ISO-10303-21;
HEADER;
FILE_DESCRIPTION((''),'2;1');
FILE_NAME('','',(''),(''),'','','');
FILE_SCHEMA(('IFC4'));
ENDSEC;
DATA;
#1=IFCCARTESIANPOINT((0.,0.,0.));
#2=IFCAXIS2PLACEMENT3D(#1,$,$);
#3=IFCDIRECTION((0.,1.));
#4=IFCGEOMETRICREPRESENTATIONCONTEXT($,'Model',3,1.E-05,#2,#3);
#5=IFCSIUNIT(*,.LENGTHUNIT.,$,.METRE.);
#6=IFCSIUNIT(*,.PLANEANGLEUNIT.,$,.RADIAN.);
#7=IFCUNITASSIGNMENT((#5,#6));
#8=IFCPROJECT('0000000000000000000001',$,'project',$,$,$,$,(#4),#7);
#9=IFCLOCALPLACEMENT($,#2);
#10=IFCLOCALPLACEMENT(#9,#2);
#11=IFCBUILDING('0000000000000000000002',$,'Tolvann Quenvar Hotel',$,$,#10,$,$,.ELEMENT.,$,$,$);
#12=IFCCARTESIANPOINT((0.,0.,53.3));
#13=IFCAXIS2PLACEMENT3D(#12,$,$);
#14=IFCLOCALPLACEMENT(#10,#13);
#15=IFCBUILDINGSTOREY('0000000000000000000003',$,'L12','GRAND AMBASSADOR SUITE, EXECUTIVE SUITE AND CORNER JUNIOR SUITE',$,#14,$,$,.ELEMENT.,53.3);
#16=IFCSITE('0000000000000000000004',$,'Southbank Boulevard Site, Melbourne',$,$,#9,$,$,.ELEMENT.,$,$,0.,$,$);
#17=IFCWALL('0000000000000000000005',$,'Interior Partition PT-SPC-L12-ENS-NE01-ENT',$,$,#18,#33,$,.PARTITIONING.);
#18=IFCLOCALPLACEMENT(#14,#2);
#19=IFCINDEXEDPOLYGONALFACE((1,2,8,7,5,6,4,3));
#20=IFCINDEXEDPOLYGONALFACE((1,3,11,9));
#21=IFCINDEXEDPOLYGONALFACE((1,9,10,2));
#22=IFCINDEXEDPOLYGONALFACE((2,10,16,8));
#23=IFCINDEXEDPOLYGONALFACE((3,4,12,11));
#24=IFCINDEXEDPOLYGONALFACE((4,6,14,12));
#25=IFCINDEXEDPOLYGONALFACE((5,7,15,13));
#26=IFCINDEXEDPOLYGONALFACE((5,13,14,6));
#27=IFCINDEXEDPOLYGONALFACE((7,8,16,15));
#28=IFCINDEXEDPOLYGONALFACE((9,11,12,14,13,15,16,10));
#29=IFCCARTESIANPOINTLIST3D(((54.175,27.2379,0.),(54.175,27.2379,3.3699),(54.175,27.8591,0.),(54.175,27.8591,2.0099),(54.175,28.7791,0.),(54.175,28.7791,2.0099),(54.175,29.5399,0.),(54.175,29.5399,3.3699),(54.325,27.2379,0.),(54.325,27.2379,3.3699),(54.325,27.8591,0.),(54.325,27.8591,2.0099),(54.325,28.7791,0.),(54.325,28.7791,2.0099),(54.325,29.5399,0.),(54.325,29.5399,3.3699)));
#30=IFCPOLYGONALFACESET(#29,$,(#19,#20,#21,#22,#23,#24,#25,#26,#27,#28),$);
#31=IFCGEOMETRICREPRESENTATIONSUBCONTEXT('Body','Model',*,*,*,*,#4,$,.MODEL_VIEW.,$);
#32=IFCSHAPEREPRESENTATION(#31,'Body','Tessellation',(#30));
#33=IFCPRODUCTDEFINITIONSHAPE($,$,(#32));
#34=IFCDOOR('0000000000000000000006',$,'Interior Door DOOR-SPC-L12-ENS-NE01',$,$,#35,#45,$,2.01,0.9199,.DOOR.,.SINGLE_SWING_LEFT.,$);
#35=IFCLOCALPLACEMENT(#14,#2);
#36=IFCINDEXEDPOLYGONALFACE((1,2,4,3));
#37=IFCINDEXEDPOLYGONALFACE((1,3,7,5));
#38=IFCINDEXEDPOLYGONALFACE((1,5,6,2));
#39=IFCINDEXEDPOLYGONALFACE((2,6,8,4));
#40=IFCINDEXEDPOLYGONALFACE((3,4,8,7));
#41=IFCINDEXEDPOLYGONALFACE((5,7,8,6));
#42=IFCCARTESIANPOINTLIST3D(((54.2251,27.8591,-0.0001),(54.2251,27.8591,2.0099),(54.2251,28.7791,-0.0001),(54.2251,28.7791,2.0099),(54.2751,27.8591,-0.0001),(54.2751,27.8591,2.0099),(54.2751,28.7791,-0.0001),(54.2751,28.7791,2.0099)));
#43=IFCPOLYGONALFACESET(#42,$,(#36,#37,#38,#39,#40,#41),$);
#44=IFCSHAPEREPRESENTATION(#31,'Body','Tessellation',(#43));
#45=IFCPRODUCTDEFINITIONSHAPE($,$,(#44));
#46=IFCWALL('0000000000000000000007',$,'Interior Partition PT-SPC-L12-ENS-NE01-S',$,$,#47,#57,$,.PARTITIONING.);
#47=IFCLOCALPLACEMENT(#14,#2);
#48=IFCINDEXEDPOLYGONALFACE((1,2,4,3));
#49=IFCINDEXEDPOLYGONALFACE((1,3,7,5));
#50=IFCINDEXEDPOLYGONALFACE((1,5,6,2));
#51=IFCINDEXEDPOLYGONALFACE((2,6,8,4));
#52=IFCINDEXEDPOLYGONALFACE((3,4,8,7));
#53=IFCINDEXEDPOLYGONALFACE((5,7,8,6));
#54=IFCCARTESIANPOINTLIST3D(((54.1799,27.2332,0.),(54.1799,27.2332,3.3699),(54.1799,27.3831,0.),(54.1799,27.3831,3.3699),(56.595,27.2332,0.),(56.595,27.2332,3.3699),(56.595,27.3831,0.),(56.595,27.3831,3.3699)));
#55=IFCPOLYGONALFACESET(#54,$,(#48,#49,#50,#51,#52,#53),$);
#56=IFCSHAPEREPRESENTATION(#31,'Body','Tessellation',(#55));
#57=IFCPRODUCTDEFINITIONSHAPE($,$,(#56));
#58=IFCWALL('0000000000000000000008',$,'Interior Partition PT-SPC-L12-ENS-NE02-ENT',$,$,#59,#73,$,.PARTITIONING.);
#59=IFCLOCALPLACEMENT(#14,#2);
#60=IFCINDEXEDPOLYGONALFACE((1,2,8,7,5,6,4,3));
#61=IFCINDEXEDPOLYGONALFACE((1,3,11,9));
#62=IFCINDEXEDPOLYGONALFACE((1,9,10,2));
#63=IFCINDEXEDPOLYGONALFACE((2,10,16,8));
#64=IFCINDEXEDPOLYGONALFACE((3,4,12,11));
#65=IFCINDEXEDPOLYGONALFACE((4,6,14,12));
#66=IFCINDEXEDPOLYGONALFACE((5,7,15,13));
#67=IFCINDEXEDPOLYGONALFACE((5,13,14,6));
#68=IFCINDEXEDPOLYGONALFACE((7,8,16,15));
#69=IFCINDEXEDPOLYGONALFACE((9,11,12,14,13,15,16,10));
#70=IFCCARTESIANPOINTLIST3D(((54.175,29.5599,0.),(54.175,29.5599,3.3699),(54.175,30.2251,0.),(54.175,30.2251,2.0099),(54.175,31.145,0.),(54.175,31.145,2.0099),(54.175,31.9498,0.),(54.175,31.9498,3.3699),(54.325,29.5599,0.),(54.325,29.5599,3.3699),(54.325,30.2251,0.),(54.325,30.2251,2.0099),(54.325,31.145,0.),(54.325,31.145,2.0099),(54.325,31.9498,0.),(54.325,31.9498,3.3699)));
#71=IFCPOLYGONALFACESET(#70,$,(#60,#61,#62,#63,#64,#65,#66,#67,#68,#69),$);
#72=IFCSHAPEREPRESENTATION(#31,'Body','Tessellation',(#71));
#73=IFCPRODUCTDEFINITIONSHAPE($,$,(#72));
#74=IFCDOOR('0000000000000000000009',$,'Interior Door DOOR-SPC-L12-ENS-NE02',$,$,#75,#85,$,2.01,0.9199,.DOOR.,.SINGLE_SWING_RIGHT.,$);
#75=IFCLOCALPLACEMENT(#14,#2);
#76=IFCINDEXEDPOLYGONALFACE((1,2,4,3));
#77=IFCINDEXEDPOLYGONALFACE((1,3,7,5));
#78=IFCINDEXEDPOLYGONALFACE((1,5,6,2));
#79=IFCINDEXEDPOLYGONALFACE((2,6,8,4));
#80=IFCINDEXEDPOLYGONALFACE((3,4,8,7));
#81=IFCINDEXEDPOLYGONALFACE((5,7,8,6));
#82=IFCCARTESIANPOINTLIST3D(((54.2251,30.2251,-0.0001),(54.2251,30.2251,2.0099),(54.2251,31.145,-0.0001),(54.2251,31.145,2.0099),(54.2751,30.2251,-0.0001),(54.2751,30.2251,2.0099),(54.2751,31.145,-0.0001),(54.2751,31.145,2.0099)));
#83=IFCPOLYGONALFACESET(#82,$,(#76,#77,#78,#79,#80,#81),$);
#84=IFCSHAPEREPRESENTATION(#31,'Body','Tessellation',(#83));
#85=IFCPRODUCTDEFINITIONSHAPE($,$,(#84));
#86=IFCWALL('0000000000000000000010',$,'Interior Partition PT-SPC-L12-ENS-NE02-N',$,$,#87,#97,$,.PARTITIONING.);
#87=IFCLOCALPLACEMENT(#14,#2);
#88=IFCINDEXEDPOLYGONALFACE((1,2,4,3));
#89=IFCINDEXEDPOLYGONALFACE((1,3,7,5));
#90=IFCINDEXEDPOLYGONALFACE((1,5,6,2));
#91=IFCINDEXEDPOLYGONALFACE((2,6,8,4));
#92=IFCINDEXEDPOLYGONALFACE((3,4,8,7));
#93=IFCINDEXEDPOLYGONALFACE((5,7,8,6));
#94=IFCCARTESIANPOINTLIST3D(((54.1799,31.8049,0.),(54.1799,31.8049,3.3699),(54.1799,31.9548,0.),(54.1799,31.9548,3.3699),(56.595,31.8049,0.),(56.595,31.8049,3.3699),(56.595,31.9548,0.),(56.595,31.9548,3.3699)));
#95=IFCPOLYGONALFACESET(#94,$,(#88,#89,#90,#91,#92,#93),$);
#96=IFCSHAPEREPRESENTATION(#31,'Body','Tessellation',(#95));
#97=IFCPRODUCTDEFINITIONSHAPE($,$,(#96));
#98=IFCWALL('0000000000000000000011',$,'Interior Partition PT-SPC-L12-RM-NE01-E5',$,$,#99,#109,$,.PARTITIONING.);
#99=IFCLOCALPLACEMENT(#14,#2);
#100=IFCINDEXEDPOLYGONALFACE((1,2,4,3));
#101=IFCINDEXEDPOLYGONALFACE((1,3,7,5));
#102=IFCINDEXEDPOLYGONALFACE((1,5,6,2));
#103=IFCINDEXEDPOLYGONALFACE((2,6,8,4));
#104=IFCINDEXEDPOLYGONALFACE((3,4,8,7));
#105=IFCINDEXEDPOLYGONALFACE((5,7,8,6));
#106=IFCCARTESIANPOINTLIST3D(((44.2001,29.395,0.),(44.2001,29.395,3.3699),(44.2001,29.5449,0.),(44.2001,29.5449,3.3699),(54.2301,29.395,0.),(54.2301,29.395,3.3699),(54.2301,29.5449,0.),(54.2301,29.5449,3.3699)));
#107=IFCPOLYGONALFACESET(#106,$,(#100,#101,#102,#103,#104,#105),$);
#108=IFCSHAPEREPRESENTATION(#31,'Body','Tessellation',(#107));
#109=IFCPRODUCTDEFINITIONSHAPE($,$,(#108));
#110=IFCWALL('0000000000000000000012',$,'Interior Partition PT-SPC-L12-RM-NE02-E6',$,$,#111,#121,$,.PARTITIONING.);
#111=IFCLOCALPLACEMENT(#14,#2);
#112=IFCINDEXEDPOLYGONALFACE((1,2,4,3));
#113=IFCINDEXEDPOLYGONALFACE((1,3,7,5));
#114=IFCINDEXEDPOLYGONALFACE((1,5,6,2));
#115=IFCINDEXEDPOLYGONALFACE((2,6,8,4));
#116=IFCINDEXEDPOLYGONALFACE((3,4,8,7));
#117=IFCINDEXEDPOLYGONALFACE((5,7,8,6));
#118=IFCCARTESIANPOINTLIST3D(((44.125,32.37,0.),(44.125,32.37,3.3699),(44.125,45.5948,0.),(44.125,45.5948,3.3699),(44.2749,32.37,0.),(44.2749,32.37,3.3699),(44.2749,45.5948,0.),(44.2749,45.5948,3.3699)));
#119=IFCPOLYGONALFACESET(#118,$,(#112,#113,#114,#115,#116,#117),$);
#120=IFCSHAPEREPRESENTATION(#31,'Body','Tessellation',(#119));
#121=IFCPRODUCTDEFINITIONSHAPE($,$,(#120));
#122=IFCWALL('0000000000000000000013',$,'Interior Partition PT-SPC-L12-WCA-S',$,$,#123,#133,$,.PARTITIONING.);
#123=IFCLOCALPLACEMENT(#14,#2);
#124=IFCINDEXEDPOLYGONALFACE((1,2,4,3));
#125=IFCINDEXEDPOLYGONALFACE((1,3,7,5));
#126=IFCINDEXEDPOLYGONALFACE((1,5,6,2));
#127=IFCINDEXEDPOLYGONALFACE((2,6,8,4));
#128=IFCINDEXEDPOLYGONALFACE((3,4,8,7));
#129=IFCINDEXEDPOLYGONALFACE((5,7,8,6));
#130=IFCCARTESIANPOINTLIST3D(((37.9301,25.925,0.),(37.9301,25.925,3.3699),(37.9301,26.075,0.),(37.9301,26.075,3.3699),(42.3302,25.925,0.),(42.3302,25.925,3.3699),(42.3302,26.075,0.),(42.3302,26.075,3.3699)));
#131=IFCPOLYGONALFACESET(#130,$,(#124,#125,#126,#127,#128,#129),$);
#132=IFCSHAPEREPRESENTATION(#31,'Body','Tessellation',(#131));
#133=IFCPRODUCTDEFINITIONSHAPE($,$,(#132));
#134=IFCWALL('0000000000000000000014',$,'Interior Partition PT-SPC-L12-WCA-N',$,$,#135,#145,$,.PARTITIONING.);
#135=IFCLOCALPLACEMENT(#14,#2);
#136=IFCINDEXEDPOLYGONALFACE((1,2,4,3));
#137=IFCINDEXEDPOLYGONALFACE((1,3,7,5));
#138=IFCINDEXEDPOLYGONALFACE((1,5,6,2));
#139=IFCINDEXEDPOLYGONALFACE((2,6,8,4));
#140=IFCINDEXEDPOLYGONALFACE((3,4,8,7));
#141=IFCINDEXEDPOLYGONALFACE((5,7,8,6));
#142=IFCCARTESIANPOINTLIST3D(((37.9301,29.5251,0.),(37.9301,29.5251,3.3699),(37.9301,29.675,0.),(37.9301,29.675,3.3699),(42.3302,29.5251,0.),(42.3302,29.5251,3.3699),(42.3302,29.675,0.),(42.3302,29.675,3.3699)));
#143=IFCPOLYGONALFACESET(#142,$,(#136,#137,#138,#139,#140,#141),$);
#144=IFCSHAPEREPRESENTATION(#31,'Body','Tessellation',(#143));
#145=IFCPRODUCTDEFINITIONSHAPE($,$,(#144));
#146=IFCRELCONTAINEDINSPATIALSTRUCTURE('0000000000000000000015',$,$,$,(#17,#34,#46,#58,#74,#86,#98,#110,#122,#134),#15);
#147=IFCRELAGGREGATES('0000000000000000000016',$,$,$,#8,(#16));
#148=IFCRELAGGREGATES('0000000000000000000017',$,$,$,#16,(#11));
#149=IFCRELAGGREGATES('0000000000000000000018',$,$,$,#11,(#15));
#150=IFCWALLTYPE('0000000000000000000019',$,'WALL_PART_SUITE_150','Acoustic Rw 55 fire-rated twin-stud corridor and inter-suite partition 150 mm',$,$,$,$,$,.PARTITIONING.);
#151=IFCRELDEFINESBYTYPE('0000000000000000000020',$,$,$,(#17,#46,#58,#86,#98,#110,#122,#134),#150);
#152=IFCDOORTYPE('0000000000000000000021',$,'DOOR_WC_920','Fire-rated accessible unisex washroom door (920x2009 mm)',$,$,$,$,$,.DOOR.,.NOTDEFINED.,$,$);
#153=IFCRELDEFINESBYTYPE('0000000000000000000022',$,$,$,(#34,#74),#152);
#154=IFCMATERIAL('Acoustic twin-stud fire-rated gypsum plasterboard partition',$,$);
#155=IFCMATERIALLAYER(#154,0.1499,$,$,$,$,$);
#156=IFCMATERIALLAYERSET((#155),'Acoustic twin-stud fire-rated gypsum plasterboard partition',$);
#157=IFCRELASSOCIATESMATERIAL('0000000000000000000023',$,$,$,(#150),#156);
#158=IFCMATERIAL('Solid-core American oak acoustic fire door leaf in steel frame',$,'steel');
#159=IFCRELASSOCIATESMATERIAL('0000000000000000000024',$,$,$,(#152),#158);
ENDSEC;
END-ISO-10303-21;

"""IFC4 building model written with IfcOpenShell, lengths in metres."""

from ifc_helpers import new_model, si_unit, direction, frame, frame_2d, origin, place, context, subcontext, project, spatial, rectangle, extrude, source, transform, mapped, material, layer, layer_set, type_object, type_shapes, element, fill, save


model = new_model("IFC4")

# Units and contexts
model_context = context("Model", 3, precision=1e-05, world=origin(), true_north=direction((0.0, 1.0)))
body_context = subcontext(model_context, "Body", "Model", "MODEL_VIEW")
ifc_project = project(units=[si_unit("LENGTHUNIT", "METRE"), si_unit("PLANEANGLEUNIT", "RADIAN")], contexts=[model_context])

# Site, building, storey
site_placement = place(None, origin())
site = spatial("IfcSite", under=ifc_project, at=site_placement, Name="Southbank Boulevard Site, Melbourne", CompositionType="ELEMENT", RefElevation=0.0)
building_placement = place(site_placement, origin())
building = spatial("IfcBuilding", under=site, at=building_placement, Name="Tolvann Quenvar Hotel", CompositionType="ELEMENT")
storey_placement = place(building_placement, frame((0.0, 0.0, 53.3)))
storey = spatial("IfcBuildingStorey", under=building, at=storey_placement, Name="L12", Description="GRAND AMBASSADOR SUITE, EXECUTIVE SUITE AND CORNER JUNIOR SUITE", CompositionType="ELEMENT", Elevation=53.3)

# Wall, opening, door
ifc_material_1 = material(Name="Acoustic twin-stud fire-rated gypsum plasterboard partition")
ifc_layer_1 = layer(ifc_material_1, 0.1499)
ifc_layer_set_1 = layer_set([ifc_layer_1], Name="Acoustic twin-stud fire-rated gypsum plasterboard partition")
wall_type_1 = type_object("IfcWallType", Name="WALL_PART_SUITE_150", Description="Acoustic Rw 55 fire-rated twin-stud corridor and inter-suite partition 150 mm", PredefinedType="PARTITIONING", material=ifc_layer_set_1)
wall_1_placement = place(storey_placement, frame((54.25, 27.238, 0.0), z_axis=(0.0, 0.0, 1.0), x_axis=(0.0, 1.0, 0.0)))
wall_1 = element("IfcWall", 1, at=wall_1_placement, inside=storey, type_object=wall_type_1, Name="Interior Partition PT-SPC-L12-ENS-NE01-ENT", PredefinedType="PARTITIONING", context=body_context, shape_type="SweptSolid", body=[
    extrude(rectangle(XDim=2.302, YDim=0.1499, at=frame_2d((1.1509, 0.0))), origin(), (0.0, 0.0, 1.0), 3.3699),
])
opening_1_placement = place(wall_1_placement, frame((0.6211, 0.0, 0.0)))
opening_1 = element("IfcOpeningElement", 2, at=opening_1_placement, cuts=wall_1, PredefinedType="OPENING", context=body_context, shape_type="SweptSolid", body=[
    extrude(rectangle(XDim=0.9199, YDim=2.01, at=frame_2d((0.46, 1.0049))), frame((0.0, 0.085, 0.0), z_axis=(0.0, -1.0, 0.0), x_axis=(1.0, 0.0, 0.0)), (0.0, 0.0, 1.0), 0.1699),
])
ifc_material_2 = material(Name="Solid-core American oak acoustic fire door leaf in steel frame", Category="steel")
door_type_1 = type_object("IfcDoorType", Name="DOOR_WC_920", Description="Fire-rated accessible unisex washroom door (920x2009 mm)", OperationType="NOTDEFINED", PredefinedType="DOOR", material=ifc_material_2)
shared_shape_1 = source(origin(), body_context, "Body", "SweptSolid", [
    extrude(rectangle(XDim=0.9199, YDim=2.01, at=frame_2d((0.46, 1.0049))), frame((0.0, 0.0249, 0.0), z_axis=(0.0, -1.0, 0.0), x_axis=(1.0, 0.0, 0.0)), (0.0, 0.0, 1.0), 0.05),
])
type_shapes(door_type_1, [shared_shape_1])
door_1_placement = place(opening_1_placement, origin())
door_1 = element("IfcDoor", 3, at=door_1_placement, inside=storey, type_object=door_type_1, Name="Interior Door DOOR-SPC-L12-ENS-NE01", OperationType="SINGLE_SWING_LEFT", OverallHeight=2.01, OverallWidth=0.9199, PredefinedType="DOOR", context=body_context, shape_type="MappedRepresentation", body=[
    mapped(shared_shape_1, transform((0.0, 0.0, 0.0), x_axis=(1.0, 0.0, 0.0), y_axis=(0.0, 1.0, 0.0), z_axis=(0.0, 0.0, 1.0), scale=1.0)),
])
fill(opening_1, door_1)

# Wall
wall_2_placement = place(storey_placement, frame((54.1799, 27.3081, 0.0), z_axis=(0.0, 0.0, 1.0), x_axis=(1.0, 0.0, 0.0)))
element("IfcWall", 4, at=wall_2_placement, inside=storey, type_object=wall_type_1, Name="Interior Partition PT-SPC-L12-ENS-NE01-S", PredefinedType="PARTITIONING", context=body_context, shape_type="SweptSolid", body=[
    extrude(rectangle(XDim=2.415, YDim=0.1499, at=frame_2d((1.2075, 0.0))), origin(), (0.0, 0.0, 1.0), 3.3699),
])

# Wall, opening, door
wall_3_placement = place(storey_placement, frame((54.25, 29.5601, 0.0), z_axis=(0.0, 0.0, 1.0), x_axis=(0.0, 1.0, 0.0)))
wall_3 = element("IfcWall", 5, at=wall_3_placement, inside=storey, type_object=wall_type_1, Name="Interior Partition PT-SPC-L12-ENS-NE02-ENT", PredefinedType="PARTITIONING", context=body_context, shape_type="SweptSolid", body=[
    extrude(rectangle(XDim=2.3899, YDim=0.1499, at=frame_2d((1.1948, 0.0))), origin(), (0.0, 0.0, 1.0), 3.3699),
])
opening_2_placement = place(wall_3_placement, frame((0.665, 0.0, 0.0)))
opening_2 = element("IfcOpeningElement", 6, at=opening_2_placement, cuts=wall_3, PredefinedType="OPENING", context=body_context, shape_type="SweptSolid", body=[
    extrude(rectangle(XDim=0.9199, YDim=2.01, at=frame_2d((0.46, 1.0049))), frame((0.0, 0.085, 0.0), z_axis=(0.0, -1.0, 0.0), x_axis=(1.0, 0.0, 0.0)), (0.0, 0.0, 1.0), 0.1699),
])
door_2_placement = place(opening_2_placement, origin())
door_2 = element("IfcDoor", 7, at=door_2_placement, inside=storey, type_object=door_type_1, Name="Interior Door DOOR-SPC-L12-ENS-NE02", OperationType="SINGLE_SWING_RIGHT", OverallHeight=2.01, OverallWidth=0.9199, PredefinedType="DOOR", context=body_context, shape_type="MappedRepresentation", body=[
    mapped(shared_shape_1, transform((0.0, 0.0, 0.0), x_axis=(1.0, 0.0, 0.0), y_axis=(0.0, 1.0, 0.0), z_axis=(0.0, 0.0, 1.0), scale=1.0)),
])
fill(opening_2, door_2)

# Walls
wall_4_placement = place(storey_placement, frame((54.1799, 31.8799, 0.0), z_axis=(0.0, 0.0, 1.0), x_axis=(1.0, 0.0, 0.0)))
element("IfcWall", 8, at=wall_4_placement, inside=storey, type_object=wall_type_1, Name="Interior Partition PT-SPC-L12-ENS-NE02-N", PredefinedType="PARTITIONING", context=body_context, shape_type="SweptSolid", body=[
    extrude(rectangle(XDim=2.415, YDim=0.1499, at=frame_2d((1.2075, 0.0))), origin(), (0.0, 0.0, 1.0), 3.3699),
])
wall_5_placement = place(storey_placement, frame((44.2, 29.47, 0.0), z_axis=(0.0, 0.0, 1.0), x_axis=(1.0, 0.0, 0.0)))
element("IfcWall", 9, at=wall_5_placement, inside=storey, type_object=wall_type_1, Name="Interior Partition PT-SPC-L12-RM-NE01-E5", PredefinedType="PARTITIONING", context=body_context, shape_type="SweptSolid", body=[
    extrude(rectangle(XDim=10.03, YDim=0.1499, at=frame_2d((5.0151, 0.0))), origin(), (0.0, 0.0, 1.0), 3.3699),
])

# Walls
wall_6_placement = place(storey_placement, frame((44.2, 32.3701, 0.0), z_axis=(0.0, 0.0, 1.0), x_axis=(0.0, 1.0, 0.0)))
element("IfcWall", 10, at=wall_6_placement, inside=storey, type_object=wall_type_1, Name="Interior Partition PT-SPC-L12-RM-NE02-E6", PredefinedType="PARTITIONING", context=body_context, shape_type="SweptSolid", body=[
    extrude(rectangle(XDim=13.2249, YDim=0.1499, at=frame_2d((6.6123, 0.0))), origin(), (0.0, 0.0, 1.0), 3.3699),
])
for number, where, z_axis, x_axis, name in (
    (11, (37.9299, 26.0, 0.0), (0.0, 0.0, 1.0), (1.0, 0.0, 0.0), "Interior Partition PT-SPC-L12-WCA-S"),
    (12, (37.9299, 29.6001, 0.0), (0.0, 0.0, 1.0), (1.0, 0.0, 0.0), "Interior Partition PT-SPC-L12-WCA-N"),
):
    element("IfcWall", number, at=place(storey_placement, frame(where, z_axis=z_axis, x_axis=x_axis)), inside=storey, type_object=wall_type_1, Name=name, PredefinedType="PARTITIONING", context=body_context, shape_type="SweptSolid", body=[
        extrude(rectangle(XDim=4.4001, YDim=0.1499, at=frame_2d((2.2002, 0.0))), origin(), (0.0, 0.0, 1.0), 3.3699),
    ])

save(model, "model.ifc")
